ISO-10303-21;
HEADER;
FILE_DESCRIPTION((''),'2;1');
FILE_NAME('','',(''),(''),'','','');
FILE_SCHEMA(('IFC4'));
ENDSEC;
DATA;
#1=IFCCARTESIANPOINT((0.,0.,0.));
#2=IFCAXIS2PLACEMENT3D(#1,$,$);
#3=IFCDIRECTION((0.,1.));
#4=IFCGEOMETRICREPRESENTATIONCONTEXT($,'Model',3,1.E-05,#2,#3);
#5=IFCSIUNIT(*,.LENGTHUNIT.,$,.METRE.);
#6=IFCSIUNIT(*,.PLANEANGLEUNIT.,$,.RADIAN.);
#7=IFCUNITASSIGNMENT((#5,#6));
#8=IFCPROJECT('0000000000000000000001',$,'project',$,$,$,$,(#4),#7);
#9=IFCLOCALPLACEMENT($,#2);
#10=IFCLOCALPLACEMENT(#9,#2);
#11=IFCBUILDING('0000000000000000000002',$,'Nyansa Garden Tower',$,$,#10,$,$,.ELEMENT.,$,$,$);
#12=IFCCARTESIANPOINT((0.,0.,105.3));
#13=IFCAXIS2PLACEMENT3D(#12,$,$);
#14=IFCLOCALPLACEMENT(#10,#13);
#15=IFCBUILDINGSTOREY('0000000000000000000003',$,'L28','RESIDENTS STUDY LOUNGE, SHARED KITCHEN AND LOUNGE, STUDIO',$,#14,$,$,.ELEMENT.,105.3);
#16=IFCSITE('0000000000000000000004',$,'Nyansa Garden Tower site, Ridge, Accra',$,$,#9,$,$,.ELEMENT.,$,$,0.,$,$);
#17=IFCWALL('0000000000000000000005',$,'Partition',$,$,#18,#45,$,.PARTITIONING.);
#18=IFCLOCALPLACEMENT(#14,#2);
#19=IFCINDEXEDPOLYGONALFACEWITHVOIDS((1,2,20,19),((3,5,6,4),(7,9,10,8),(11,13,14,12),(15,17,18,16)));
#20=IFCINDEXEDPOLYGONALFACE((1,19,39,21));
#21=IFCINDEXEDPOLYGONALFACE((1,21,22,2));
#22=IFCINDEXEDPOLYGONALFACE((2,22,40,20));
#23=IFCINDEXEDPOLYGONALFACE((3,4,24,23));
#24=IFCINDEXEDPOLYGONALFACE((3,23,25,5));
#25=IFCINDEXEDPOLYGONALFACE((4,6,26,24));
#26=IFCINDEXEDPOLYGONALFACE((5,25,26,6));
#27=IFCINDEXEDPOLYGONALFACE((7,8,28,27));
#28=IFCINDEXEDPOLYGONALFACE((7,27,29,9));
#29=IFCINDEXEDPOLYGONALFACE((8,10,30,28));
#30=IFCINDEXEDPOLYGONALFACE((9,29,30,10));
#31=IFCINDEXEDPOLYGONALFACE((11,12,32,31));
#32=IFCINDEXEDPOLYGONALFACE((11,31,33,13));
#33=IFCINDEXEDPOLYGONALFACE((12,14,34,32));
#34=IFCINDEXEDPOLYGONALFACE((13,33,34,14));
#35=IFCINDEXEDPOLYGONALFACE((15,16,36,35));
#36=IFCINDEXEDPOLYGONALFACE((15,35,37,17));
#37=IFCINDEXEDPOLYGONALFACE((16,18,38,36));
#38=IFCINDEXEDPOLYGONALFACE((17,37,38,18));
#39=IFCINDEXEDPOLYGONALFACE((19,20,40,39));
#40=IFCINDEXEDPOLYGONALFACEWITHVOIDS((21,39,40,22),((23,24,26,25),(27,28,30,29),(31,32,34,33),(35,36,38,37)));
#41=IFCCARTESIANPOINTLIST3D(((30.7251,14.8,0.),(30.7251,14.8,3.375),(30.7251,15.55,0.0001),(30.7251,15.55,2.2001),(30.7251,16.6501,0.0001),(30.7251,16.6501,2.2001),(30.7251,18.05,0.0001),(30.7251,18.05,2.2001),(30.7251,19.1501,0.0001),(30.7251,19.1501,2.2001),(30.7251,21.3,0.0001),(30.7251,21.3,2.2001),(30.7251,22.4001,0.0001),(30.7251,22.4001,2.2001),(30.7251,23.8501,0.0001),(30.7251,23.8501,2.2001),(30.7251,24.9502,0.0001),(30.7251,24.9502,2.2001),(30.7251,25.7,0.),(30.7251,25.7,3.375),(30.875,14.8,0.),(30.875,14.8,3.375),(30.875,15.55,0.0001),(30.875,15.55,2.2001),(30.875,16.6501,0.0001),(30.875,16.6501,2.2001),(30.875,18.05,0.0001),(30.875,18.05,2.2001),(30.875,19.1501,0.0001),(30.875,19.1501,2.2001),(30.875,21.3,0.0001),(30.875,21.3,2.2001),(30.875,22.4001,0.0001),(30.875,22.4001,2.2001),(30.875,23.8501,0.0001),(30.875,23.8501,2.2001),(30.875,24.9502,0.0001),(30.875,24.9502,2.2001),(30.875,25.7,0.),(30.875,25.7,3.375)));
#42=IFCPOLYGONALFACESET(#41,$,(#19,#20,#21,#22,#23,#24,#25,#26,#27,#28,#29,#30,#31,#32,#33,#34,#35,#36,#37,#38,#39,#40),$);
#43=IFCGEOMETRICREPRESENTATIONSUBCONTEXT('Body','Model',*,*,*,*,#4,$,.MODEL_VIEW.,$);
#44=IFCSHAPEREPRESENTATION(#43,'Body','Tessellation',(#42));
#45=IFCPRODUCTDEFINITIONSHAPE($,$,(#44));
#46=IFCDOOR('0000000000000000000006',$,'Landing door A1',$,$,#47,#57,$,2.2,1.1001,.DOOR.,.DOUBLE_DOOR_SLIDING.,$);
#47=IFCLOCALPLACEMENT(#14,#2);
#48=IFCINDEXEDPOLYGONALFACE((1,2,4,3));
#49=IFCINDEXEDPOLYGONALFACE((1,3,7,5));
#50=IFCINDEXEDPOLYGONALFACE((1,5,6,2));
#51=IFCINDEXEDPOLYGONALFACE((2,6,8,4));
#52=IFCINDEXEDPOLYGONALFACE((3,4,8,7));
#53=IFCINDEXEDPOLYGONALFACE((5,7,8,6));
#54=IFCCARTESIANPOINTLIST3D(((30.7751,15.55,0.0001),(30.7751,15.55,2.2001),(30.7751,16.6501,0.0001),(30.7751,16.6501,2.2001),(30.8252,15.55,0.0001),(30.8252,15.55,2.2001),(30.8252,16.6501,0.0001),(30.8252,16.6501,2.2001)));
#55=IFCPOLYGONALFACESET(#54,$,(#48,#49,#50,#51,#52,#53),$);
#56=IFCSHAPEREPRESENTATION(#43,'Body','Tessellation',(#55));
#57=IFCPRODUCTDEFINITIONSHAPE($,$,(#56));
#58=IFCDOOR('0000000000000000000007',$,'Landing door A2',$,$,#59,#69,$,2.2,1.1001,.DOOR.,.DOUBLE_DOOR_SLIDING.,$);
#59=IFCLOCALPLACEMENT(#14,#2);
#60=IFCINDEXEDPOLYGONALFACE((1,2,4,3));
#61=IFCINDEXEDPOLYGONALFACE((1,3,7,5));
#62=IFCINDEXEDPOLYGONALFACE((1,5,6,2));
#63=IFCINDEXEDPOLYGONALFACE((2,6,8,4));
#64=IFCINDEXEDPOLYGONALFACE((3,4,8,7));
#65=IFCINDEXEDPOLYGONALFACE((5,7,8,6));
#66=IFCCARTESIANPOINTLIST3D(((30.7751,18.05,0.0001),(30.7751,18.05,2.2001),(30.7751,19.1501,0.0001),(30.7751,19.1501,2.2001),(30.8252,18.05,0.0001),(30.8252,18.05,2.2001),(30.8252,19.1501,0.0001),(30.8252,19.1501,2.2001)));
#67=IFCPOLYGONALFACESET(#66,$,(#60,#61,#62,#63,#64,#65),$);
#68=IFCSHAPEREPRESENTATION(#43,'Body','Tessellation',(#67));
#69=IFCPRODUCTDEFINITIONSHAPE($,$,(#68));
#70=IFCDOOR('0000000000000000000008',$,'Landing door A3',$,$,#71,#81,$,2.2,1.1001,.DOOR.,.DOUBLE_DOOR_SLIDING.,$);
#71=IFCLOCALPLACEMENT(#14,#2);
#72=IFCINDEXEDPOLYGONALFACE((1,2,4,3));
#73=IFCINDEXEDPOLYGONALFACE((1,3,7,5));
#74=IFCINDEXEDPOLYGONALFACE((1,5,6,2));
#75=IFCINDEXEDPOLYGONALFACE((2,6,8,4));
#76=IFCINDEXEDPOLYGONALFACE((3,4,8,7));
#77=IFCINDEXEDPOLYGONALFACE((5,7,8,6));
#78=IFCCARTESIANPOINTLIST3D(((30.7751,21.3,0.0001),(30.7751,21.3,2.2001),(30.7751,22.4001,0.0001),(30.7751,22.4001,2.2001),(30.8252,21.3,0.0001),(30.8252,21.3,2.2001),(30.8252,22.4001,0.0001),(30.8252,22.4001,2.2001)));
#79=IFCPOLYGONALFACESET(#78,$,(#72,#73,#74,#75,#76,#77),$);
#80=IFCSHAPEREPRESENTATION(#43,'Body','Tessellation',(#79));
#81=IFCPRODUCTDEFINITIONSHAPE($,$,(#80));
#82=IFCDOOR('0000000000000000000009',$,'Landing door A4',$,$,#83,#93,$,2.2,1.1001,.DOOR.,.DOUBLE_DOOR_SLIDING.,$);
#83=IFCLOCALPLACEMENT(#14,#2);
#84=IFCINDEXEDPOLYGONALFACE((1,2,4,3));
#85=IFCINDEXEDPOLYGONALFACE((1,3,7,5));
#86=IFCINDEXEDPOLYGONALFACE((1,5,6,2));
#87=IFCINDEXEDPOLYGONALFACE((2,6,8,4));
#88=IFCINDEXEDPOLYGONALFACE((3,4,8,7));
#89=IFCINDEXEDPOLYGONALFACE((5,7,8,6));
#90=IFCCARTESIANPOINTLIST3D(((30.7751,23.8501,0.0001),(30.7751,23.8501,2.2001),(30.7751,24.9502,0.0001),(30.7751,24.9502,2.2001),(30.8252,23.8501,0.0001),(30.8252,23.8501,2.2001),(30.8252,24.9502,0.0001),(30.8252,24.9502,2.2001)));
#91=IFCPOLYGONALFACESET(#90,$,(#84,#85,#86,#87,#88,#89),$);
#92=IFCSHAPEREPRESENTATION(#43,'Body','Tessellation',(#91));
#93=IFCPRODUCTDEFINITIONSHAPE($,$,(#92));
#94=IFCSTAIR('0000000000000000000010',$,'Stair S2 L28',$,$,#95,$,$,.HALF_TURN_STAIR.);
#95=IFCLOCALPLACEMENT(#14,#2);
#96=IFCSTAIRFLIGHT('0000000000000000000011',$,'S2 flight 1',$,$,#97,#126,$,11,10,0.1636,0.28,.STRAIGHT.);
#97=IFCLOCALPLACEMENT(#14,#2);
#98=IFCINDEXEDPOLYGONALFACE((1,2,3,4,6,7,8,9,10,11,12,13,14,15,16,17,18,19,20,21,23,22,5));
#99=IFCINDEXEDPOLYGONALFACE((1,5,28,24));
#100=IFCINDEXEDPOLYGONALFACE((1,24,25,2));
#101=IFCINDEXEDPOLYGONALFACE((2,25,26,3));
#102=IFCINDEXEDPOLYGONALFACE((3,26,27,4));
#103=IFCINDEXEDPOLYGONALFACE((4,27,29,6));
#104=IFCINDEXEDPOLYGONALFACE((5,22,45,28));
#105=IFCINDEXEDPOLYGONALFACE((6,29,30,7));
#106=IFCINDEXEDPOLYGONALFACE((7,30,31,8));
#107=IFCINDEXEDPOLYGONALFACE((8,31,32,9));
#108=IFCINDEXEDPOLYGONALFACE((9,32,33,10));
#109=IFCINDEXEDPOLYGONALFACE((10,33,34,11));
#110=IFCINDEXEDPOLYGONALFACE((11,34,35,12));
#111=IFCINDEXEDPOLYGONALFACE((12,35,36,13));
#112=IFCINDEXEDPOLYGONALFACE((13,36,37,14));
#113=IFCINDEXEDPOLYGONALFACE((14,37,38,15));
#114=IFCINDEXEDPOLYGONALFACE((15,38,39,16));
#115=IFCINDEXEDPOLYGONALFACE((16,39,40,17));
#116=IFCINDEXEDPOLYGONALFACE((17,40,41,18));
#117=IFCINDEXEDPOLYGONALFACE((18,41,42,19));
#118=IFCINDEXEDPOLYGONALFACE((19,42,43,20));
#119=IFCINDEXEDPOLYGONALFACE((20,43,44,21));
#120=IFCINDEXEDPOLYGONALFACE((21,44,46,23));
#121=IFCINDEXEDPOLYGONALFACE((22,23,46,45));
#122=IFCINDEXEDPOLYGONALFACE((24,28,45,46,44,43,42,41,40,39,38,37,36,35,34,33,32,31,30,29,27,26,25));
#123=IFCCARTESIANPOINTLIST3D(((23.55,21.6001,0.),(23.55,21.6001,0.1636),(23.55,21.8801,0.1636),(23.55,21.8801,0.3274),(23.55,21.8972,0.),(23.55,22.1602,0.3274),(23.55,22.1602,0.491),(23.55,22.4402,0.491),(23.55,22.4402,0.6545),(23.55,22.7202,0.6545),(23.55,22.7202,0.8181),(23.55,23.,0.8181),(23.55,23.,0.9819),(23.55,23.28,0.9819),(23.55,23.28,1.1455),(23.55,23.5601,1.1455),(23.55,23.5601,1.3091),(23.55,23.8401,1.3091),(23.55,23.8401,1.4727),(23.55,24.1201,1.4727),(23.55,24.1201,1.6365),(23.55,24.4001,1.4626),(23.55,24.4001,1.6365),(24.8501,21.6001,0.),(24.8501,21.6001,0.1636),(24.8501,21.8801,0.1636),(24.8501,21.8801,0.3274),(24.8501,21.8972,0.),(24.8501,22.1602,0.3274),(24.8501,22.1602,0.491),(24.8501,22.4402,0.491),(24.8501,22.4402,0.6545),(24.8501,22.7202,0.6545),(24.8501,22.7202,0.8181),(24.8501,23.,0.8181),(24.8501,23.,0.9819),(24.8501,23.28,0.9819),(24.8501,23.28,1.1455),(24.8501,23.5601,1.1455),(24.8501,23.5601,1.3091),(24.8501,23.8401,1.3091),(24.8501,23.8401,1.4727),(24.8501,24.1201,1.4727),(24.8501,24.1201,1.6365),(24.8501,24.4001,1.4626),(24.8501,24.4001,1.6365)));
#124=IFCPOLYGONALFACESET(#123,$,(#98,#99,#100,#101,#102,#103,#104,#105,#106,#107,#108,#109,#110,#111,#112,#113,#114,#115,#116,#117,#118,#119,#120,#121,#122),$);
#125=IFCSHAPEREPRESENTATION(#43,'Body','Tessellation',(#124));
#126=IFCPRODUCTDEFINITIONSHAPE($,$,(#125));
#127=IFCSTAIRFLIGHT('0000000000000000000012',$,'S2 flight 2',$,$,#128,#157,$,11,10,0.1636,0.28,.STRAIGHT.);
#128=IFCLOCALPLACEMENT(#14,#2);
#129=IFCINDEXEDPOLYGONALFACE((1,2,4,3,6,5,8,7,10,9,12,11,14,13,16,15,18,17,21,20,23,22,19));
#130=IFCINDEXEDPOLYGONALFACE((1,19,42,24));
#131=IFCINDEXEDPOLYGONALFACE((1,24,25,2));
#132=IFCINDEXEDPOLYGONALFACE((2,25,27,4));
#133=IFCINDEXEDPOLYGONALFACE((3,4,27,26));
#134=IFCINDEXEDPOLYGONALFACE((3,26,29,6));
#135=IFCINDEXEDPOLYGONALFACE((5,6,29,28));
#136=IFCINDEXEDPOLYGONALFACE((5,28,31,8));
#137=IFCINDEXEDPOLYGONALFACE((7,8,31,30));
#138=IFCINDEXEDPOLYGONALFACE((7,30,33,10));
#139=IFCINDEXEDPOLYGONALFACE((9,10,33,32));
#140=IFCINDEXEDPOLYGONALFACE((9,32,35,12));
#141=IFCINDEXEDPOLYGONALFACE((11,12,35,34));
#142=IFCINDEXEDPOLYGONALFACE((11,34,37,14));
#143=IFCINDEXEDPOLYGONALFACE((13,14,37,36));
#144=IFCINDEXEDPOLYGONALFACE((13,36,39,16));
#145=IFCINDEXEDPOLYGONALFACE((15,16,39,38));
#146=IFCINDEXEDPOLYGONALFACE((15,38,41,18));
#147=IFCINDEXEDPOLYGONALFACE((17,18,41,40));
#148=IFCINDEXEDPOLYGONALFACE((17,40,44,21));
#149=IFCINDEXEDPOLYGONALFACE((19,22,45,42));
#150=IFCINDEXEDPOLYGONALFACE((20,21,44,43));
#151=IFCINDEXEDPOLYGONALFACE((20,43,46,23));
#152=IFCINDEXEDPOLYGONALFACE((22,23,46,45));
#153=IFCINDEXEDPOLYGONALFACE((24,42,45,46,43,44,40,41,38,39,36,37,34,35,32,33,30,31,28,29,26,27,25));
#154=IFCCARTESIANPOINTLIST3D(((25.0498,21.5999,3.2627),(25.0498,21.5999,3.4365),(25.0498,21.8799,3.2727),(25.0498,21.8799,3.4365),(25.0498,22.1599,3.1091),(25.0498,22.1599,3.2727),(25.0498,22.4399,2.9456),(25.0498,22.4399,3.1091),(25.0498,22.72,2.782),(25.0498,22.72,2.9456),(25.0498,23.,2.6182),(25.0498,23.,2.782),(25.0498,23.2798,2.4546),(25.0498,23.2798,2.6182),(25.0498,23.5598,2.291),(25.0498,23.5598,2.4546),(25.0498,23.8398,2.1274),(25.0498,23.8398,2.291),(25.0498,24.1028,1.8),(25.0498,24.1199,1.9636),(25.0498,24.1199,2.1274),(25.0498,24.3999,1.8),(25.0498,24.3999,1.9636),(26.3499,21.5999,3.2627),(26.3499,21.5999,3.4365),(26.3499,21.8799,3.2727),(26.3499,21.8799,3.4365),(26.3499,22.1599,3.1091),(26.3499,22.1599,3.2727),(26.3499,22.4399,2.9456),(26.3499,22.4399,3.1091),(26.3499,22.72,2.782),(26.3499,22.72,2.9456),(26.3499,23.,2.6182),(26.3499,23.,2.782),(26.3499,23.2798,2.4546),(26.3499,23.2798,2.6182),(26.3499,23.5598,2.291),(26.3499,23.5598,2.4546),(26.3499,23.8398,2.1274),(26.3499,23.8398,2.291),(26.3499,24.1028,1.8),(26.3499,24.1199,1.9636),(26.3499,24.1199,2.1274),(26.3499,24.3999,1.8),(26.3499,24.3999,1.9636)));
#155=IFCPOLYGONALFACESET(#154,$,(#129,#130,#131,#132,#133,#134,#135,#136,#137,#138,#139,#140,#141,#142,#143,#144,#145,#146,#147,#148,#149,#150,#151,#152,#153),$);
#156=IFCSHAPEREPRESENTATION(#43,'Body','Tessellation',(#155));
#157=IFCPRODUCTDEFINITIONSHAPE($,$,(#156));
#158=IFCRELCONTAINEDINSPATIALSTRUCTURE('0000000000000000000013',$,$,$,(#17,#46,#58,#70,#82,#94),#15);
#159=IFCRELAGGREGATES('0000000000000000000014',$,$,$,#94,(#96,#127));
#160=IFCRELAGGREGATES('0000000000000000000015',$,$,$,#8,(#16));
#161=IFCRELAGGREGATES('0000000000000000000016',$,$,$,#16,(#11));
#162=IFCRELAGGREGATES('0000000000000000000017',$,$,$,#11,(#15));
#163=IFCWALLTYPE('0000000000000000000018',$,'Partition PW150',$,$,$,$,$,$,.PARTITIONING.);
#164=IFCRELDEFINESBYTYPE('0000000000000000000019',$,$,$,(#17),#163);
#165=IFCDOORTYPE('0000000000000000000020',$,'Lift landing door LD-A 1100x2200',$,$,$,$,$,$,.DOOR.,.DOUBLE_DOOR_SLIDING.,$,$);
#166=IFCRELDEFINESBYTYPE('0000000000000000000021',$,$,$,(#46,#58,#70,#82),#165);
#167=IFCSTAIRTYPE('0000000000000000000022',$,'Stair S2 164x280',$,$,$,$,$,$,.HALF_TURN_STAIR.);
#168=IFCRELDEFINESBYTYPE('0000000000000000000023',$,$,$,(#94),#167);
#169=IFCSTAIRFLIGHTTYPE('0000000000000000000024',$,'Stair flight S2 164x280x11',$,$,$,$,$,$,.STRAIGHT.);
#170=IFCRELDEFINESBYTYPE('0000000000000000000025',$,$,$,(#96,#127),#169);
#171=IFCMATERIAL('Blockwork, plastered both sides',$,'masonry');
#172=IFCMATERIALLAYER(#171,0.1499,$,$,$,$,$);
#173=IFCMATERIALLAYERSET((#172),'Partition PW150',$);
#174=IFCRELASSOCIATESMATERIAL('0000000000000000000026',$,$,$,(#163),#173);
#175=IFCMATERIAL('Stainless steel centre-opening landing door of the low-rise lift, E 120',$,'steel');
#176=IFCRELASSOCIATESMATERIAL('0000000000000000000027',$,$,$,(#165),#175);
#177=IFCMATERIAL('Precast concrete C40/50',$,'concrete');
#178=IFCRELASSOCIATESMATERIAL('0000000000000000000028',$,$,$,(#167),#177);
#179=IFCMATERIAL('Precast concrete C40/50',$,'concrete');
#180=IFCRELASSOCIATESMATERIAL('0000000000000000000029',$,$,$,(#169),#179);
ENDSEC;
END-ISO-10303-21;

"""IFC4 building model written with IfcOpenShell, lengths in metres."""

from ifc_helpers import new_model, si_unit, direction, frame, frame_2d, origin, place, context, subcontext, project, spatial, polyline, rectangle, outline, extrude, material, layer, layer_set, type_object, element, fill, aggregate, save


model = new_model("IFC4")

# Units and contexts
model_context = context("Model", 3, precision=1e-05, world=origin(), true_north=direction((0.0, 1.0)))
body_context = subcontext(model_context, "Body", "Model", "MODEL_VIEW")
ifc_project = project(units=[si_unit("LENGTHUNIT", "METRE"), si_unit("PLANEANGLEUNIT", "RADIAN")], contexts=[model_context])

# Site, building, storey
site_placement = place(None, origin())
site = spatial("IfcSite", under=ifc_project, at=site_placement, Name="Nyansa Garden Tower site, Ridge, Accra", CompositionType="ELEMENT", RefElevation=0.0)
building_placement = place(site_placement, origin())
building = spatial("IfcBuilding", under=site, at=building_placement, Name="Nyansa Garden Tower", CompositionType="ELEMENT")
storey_placement = place(building_placement, frame((0.0, 0.0, 105.3)))
storey = spatial("IfcBuildingStorey", under=building, at=storey_placement, Name="L28", Description="RESIDENTS STUDY LOUNGE, SHARED KITCHEN AND LOUNGE, STUDIO", CompositionType="ELEMENT", Elevation=105.3)

# Shared definitions
ifc_material_1 = material(Name="Blockwork, plastered both sides", Category="masonry")
ifc_layer_1 = layer(ifc_material_1, 0.1499)
ifc_layer_set_1 = layer_set([ifc_layer_1], Name="Partition PW150")
wall_type_1 = type_object("IfcWallType", Name="Partition PW150", PredefinedType="PARTITIONING", material=ifc_layer_set_1)

# Wall, openings, doors
wall_1_placement = place(storey_placement, frame((30.8, 14.8, 0.0), z_axis=(0.0, 0.0, 1.0), x_axis=(0.0, 1.0, 0.0)))
wall_1 = element("IfcWall", 1, at=wall_1_placement, inside=storey, type_object=wall_type_1, Name="Partition", PredefinedType="PARTITIONING", context=body_context, shape_type="SweptSolid", body=[
    extrude(rectangle(XDim=10.8999, YDim=0.1499, at=frame_2d((5.45, 0.0))), origin(), (0.0, 0.0, 1.0), 3.375),
])
opening_1_placement = place(wall_1_placement, frame((0.75, 0.0, 0.0)))
opening_1 = element("IfcOpeningElement", 2, at=opening_1_placement, cuts=wall_1, PredefinedType="OPENING", context=body_context, shape_type="SweptSolid", body=[
    extrude(rectangle(XDim=1.1001, YDim=2.2, at=frame_2d((0.55, 1.1001))), frame((0.0, 0.085, 0.0), z_axis=(0.0, -1.0, 0.0), x_axis=(1.0, 0.0, 0.0)), (0.0, 0.0, 1.0), 0.1699),
])
opening_2_placement = place(wall_1_placement, frame((3.25, 0.0, 0.0)))
opening_2 = element("IfcOpeningElement", 3, at=opening_2_placement, cuts=wall_1, PredefinedType="OPENING", context=body_context, shape_type="SweptSolid", body=[
    extrude(rectangle(XDim=1.1001, YDim=2.2, at=frame_2d((0.55, 1.1001))), frame((0.0, 0.085, 0.0), z_axis=(0.0, -1.0, 0.0), x_axis=(1.0, 0.0, 0.0)), (0.0, 0.0, 1.0), 0.1699),
])
opening_3_placement = place(wall_1_placement, frame((6.5, 0.0, 0.0)))
opening_3 = element("IfcOpeningElement", 4, at=opening_3_placement, cuts=wall_1, PredefinedType="OPENING", context=body_context, shape_type="SweptSolid", body=[
    extrude(rectangle(XDim=1.1001, YDim=2.2, at=frame_2d((0.55, 1.1001))), frame((0.0, 0.085, 0.0), z_axis=(0.0, -1.0, 0.0), x_axis=(1.0, 0.0, 0.0)), (0.0, 0.0, 1.0), 0.1699),
])
opening_4_placement = place(wall_1_placement, frame((9.05, 0.0, 0.0)))
opening_4 = element("IfcOpeningElement", 5, at=opening_4_placement, cuts=wall_1, PredefinedType="OPENING", context=body_context, shape_type="SweptSolid", body=[
    extrude(rectangle(XDim=1.1001, YDim=2.2, at=frame_2d((0.55, 1.1001))), frame((0.0, 0.085, 0.0), z_axis=(0.0, -1.0, 0.0), x_axis=(1.0, 0.0, 0.0)), (0.0, 0.0, 1.0), 0.1699),
])
ifc_material_2 = material(Name="Stainless steel centre-opening landing door of the low-rise lift, E 120", Category="steel")
door_type_1 = type_object("IfcDoorType", Name="Lift landing door LD-A 1100x2200", OperationType="DOUBLE_DOOR_SLIDING", PredefinedType="DOOR", material=ifc_material_2)
door_1_placement = place(opening_1_placement, origin())
door_1 = element("IfcDoor", 6, at=door_1_placement, inside=storey, type_object=door_type_1, Name="Landing door A1", OperationType="DOUBLE_DOOR_SLIDING", OverallHeight=2.2, OverallWidth=1.1001, PredefinedType="DOOR", context=body_context, shape_type="SweptSolid", body=[
    extrude(rectangle(XDim=1.1001, YDim=2.2, at=frame_2d((0.55, 1.1001))), frame((0.0, 0.0249, 0.0), z_axis=(0.0, -1.0, 0.0), x_axis=(1.0, 0.0, 0.0)), (0.0, 0.0, 1.0), 0.05),
])
fill(opening_1, door_1)
door_2_placement = place(opening_2_placement, origin())
door_2 = element("IfcDoor", 7, at=door_2_placement, inside=storey, type_object=door_type_1, Name="Landing door A2", OperationType="DOUBLE_DOOR_SLIDING", OverallHeight=2.2, OverallWidth=1.1001, PredefinedType="DOOR", context=body_context, shape_type="SweptSolid", body=[
    extrude(rectangle(XDim=1.1001, YDim=2.2, at=frame_2d((0.55, 1.1001))), frame((0.0, 0.0249, 0.0), z_axis=(0.0, -1.0, 0.0), x_axis=(1.0, 0.0, 0.0)), (0.0, 0.0, 1.0), 0.05),
])
fill(opening_2, door_2)
door_3_placement = place(opening_3_placement, origin())
door_3 = element("IfcDoor", 8, at=door_3_placement, inside=storey, type_object=door_type_1, Name="Landing door A3", OperationType="DOUBLE_DOOR_SLIDING", OverallHeight=2.2, OverallWidth=1.1001, PredefinedType="DOOR", context=body_context, shape_type="SweptSolid", body=[
    extrude(rectangle(XDim=1.1001, YDim=2.2, at=frame_2d((0.55, 1.1001))), frame((0.0, 0.0249, 0.0), z_axis=(0.0, -1.0, 0.0), x_axis=(1.0, 0.0, 0.0)), (0.0, 0.0, 1.0), 0.05),
])
fill(opening_3, door_3)
door_4_placement = place(opening_4_placement, origin())
door_4 = element("IfcDoor", 9, at=door_4_placement, inside=storey, type_object=door_type_1, Name="Landing door A4", OperationType="DOUBLE_DOOR_SLIDING", OverallHeight=2.2, OverallWidth=1.1001, PredefinedType="DOOR", context=body_context, shape_type="SweptSolid", body=[
    extrude(rectangle(XDim=1.1001, YDim=2.2, at=frame_2d((0.55, 1.1001))), frame((0.0, 0.0249, 0.0), z_axis=(0.0, -1.0, 0.0), x_axis=(1.0, 0.0, 0.0)), (0.0, 0.0, 1.0), 0.05),
])
fill(opening_4, door_4)

# Stair, stair flights
ifc_material_3 = material(Name="Precast concrete C40/50", Category="concrete")
stair_type = type_object("IfcStairType", Name="Stair S2 164x280", PredefinedType="HALF_TURN_STAIR", material=ifc_material_3)
stair_placement = place(storey_placement, origin())
stair = element("IfcStair", 10, at=stair_placement, inside=storey, type_object=stair_type, Name="Stair S2 L28", PredefinedType="HALF_TURN_STAIR")
ifc_material_4 = material(Name="Precast concrete C40/50", Category="concrete")
stair_flight_type = type_object("IfcStairFlightType", Name="Stair flight S2 164x280x11", PredefinedType="STRAIGHT", material=ifc_material_4)
stair_flight_1_placement = place(storey_placement, frame((24.2, 21.6001, 0.0), z_axis=(0.0, 0.0, 1.0), x_axis=(0.0, 1.0, 0.0)))
stair_flight_1 = element("IfcStairFlight", 11, at=stair_flight_1_placement, type_object=stair_flight_type, Name="S2 flight 1", NumberOfRisers=11, NumberOfTreads=10, PredefinedType="STRAIGHT", RiserHeight=0.1636, TreadLength=0.28, context=body_context, shape_type="SweptSolid", body=[
    extrude(outline(polyline([(0.0, 0.0), (0.0, 0.1636), (0.28, 0.1636), (0.28, 0.3274), (0.5601, 0.3274), (0.5601, 0.491), (0.8401, 0.491), (0.8401, 0.6545), (1.1201, 0.6545), (1.1201, 0.8181), (1.3999, 0.8181), (1.3999, 0.9819), (1.6799, 0.9819), (1.6799, 1.1455), (1.96, 1.1455), (1.96, 1.3091), (2.24, 1.3091), (2.24, 1.4727), (2.52, 1.4727), (2.52, 1.6365), (2.8, 1.6365), (2.8, 1.8), (2.8, 1.4626), (0.2971, 0.0), (0.0, 0.0)])), frame((0.0, 0.6499, 0.0), z_axis=(0.0, -1.0, 0.0), x_axis=(1.0, 0.0, 0.0)), (0.0, 0.0, 1.0), 1.3),
])
stair_flight_2_placement = place(storey_placement, frame((25.7, 24.3999, 1.8), z_axis=(0.0, 0.0, 1.0), x_axis=(0.0, -1.0, 0.0)))
stair_flight_2 = element("IfcStairFlight", 12, at=stair_flight_2_placement, type_object=stair_flight_type, Name="S2 flight 2", NumberOfRisers=11, NumberOfTreads=10, PredefinedType="STRAIGHT", RiserHeight=0.1636, TreadLength=0.28, context=body_context, shape_type="SweptSolid", body=[
    extrude(outline(polyline([(0.0, 0.0), (0.0, 0.1636), (0.28, 0.1636), (0.28, 0.3274), (0.5601, 0.3274), (0.5601, 0.491), (0.8401, 0.491), (0.8401, 0.6545), (1.1201, 0.6545), (1.1201, 0.8181), (1.3999, 0.8181), (1.3999, 0.9819), (1.6799, 0.9819), (1.6799, 1.1455), (1.96, 1.1455), (1.96, 1.3091), (2.24, 1.3091), (2.24, 1.4727), (2.52, 1.4727), (2.52, 1.6365), (2.8, 1.6365), (2.8, 1.8), (2.8, 1.4626), (0.2971, 0.0), (0.0, 0.0)])), frame((0.0, 0.6499, 0.0), z_axis=(0.0, -1.0, 0.0), x_axis=(1.0, 0.0, 0.0)), (0.0, 0.0, 1.0), 1.3),
])
aggregate(stair, [stair_flight_1, stair_flight_2])

save(model, "model.ifc")
